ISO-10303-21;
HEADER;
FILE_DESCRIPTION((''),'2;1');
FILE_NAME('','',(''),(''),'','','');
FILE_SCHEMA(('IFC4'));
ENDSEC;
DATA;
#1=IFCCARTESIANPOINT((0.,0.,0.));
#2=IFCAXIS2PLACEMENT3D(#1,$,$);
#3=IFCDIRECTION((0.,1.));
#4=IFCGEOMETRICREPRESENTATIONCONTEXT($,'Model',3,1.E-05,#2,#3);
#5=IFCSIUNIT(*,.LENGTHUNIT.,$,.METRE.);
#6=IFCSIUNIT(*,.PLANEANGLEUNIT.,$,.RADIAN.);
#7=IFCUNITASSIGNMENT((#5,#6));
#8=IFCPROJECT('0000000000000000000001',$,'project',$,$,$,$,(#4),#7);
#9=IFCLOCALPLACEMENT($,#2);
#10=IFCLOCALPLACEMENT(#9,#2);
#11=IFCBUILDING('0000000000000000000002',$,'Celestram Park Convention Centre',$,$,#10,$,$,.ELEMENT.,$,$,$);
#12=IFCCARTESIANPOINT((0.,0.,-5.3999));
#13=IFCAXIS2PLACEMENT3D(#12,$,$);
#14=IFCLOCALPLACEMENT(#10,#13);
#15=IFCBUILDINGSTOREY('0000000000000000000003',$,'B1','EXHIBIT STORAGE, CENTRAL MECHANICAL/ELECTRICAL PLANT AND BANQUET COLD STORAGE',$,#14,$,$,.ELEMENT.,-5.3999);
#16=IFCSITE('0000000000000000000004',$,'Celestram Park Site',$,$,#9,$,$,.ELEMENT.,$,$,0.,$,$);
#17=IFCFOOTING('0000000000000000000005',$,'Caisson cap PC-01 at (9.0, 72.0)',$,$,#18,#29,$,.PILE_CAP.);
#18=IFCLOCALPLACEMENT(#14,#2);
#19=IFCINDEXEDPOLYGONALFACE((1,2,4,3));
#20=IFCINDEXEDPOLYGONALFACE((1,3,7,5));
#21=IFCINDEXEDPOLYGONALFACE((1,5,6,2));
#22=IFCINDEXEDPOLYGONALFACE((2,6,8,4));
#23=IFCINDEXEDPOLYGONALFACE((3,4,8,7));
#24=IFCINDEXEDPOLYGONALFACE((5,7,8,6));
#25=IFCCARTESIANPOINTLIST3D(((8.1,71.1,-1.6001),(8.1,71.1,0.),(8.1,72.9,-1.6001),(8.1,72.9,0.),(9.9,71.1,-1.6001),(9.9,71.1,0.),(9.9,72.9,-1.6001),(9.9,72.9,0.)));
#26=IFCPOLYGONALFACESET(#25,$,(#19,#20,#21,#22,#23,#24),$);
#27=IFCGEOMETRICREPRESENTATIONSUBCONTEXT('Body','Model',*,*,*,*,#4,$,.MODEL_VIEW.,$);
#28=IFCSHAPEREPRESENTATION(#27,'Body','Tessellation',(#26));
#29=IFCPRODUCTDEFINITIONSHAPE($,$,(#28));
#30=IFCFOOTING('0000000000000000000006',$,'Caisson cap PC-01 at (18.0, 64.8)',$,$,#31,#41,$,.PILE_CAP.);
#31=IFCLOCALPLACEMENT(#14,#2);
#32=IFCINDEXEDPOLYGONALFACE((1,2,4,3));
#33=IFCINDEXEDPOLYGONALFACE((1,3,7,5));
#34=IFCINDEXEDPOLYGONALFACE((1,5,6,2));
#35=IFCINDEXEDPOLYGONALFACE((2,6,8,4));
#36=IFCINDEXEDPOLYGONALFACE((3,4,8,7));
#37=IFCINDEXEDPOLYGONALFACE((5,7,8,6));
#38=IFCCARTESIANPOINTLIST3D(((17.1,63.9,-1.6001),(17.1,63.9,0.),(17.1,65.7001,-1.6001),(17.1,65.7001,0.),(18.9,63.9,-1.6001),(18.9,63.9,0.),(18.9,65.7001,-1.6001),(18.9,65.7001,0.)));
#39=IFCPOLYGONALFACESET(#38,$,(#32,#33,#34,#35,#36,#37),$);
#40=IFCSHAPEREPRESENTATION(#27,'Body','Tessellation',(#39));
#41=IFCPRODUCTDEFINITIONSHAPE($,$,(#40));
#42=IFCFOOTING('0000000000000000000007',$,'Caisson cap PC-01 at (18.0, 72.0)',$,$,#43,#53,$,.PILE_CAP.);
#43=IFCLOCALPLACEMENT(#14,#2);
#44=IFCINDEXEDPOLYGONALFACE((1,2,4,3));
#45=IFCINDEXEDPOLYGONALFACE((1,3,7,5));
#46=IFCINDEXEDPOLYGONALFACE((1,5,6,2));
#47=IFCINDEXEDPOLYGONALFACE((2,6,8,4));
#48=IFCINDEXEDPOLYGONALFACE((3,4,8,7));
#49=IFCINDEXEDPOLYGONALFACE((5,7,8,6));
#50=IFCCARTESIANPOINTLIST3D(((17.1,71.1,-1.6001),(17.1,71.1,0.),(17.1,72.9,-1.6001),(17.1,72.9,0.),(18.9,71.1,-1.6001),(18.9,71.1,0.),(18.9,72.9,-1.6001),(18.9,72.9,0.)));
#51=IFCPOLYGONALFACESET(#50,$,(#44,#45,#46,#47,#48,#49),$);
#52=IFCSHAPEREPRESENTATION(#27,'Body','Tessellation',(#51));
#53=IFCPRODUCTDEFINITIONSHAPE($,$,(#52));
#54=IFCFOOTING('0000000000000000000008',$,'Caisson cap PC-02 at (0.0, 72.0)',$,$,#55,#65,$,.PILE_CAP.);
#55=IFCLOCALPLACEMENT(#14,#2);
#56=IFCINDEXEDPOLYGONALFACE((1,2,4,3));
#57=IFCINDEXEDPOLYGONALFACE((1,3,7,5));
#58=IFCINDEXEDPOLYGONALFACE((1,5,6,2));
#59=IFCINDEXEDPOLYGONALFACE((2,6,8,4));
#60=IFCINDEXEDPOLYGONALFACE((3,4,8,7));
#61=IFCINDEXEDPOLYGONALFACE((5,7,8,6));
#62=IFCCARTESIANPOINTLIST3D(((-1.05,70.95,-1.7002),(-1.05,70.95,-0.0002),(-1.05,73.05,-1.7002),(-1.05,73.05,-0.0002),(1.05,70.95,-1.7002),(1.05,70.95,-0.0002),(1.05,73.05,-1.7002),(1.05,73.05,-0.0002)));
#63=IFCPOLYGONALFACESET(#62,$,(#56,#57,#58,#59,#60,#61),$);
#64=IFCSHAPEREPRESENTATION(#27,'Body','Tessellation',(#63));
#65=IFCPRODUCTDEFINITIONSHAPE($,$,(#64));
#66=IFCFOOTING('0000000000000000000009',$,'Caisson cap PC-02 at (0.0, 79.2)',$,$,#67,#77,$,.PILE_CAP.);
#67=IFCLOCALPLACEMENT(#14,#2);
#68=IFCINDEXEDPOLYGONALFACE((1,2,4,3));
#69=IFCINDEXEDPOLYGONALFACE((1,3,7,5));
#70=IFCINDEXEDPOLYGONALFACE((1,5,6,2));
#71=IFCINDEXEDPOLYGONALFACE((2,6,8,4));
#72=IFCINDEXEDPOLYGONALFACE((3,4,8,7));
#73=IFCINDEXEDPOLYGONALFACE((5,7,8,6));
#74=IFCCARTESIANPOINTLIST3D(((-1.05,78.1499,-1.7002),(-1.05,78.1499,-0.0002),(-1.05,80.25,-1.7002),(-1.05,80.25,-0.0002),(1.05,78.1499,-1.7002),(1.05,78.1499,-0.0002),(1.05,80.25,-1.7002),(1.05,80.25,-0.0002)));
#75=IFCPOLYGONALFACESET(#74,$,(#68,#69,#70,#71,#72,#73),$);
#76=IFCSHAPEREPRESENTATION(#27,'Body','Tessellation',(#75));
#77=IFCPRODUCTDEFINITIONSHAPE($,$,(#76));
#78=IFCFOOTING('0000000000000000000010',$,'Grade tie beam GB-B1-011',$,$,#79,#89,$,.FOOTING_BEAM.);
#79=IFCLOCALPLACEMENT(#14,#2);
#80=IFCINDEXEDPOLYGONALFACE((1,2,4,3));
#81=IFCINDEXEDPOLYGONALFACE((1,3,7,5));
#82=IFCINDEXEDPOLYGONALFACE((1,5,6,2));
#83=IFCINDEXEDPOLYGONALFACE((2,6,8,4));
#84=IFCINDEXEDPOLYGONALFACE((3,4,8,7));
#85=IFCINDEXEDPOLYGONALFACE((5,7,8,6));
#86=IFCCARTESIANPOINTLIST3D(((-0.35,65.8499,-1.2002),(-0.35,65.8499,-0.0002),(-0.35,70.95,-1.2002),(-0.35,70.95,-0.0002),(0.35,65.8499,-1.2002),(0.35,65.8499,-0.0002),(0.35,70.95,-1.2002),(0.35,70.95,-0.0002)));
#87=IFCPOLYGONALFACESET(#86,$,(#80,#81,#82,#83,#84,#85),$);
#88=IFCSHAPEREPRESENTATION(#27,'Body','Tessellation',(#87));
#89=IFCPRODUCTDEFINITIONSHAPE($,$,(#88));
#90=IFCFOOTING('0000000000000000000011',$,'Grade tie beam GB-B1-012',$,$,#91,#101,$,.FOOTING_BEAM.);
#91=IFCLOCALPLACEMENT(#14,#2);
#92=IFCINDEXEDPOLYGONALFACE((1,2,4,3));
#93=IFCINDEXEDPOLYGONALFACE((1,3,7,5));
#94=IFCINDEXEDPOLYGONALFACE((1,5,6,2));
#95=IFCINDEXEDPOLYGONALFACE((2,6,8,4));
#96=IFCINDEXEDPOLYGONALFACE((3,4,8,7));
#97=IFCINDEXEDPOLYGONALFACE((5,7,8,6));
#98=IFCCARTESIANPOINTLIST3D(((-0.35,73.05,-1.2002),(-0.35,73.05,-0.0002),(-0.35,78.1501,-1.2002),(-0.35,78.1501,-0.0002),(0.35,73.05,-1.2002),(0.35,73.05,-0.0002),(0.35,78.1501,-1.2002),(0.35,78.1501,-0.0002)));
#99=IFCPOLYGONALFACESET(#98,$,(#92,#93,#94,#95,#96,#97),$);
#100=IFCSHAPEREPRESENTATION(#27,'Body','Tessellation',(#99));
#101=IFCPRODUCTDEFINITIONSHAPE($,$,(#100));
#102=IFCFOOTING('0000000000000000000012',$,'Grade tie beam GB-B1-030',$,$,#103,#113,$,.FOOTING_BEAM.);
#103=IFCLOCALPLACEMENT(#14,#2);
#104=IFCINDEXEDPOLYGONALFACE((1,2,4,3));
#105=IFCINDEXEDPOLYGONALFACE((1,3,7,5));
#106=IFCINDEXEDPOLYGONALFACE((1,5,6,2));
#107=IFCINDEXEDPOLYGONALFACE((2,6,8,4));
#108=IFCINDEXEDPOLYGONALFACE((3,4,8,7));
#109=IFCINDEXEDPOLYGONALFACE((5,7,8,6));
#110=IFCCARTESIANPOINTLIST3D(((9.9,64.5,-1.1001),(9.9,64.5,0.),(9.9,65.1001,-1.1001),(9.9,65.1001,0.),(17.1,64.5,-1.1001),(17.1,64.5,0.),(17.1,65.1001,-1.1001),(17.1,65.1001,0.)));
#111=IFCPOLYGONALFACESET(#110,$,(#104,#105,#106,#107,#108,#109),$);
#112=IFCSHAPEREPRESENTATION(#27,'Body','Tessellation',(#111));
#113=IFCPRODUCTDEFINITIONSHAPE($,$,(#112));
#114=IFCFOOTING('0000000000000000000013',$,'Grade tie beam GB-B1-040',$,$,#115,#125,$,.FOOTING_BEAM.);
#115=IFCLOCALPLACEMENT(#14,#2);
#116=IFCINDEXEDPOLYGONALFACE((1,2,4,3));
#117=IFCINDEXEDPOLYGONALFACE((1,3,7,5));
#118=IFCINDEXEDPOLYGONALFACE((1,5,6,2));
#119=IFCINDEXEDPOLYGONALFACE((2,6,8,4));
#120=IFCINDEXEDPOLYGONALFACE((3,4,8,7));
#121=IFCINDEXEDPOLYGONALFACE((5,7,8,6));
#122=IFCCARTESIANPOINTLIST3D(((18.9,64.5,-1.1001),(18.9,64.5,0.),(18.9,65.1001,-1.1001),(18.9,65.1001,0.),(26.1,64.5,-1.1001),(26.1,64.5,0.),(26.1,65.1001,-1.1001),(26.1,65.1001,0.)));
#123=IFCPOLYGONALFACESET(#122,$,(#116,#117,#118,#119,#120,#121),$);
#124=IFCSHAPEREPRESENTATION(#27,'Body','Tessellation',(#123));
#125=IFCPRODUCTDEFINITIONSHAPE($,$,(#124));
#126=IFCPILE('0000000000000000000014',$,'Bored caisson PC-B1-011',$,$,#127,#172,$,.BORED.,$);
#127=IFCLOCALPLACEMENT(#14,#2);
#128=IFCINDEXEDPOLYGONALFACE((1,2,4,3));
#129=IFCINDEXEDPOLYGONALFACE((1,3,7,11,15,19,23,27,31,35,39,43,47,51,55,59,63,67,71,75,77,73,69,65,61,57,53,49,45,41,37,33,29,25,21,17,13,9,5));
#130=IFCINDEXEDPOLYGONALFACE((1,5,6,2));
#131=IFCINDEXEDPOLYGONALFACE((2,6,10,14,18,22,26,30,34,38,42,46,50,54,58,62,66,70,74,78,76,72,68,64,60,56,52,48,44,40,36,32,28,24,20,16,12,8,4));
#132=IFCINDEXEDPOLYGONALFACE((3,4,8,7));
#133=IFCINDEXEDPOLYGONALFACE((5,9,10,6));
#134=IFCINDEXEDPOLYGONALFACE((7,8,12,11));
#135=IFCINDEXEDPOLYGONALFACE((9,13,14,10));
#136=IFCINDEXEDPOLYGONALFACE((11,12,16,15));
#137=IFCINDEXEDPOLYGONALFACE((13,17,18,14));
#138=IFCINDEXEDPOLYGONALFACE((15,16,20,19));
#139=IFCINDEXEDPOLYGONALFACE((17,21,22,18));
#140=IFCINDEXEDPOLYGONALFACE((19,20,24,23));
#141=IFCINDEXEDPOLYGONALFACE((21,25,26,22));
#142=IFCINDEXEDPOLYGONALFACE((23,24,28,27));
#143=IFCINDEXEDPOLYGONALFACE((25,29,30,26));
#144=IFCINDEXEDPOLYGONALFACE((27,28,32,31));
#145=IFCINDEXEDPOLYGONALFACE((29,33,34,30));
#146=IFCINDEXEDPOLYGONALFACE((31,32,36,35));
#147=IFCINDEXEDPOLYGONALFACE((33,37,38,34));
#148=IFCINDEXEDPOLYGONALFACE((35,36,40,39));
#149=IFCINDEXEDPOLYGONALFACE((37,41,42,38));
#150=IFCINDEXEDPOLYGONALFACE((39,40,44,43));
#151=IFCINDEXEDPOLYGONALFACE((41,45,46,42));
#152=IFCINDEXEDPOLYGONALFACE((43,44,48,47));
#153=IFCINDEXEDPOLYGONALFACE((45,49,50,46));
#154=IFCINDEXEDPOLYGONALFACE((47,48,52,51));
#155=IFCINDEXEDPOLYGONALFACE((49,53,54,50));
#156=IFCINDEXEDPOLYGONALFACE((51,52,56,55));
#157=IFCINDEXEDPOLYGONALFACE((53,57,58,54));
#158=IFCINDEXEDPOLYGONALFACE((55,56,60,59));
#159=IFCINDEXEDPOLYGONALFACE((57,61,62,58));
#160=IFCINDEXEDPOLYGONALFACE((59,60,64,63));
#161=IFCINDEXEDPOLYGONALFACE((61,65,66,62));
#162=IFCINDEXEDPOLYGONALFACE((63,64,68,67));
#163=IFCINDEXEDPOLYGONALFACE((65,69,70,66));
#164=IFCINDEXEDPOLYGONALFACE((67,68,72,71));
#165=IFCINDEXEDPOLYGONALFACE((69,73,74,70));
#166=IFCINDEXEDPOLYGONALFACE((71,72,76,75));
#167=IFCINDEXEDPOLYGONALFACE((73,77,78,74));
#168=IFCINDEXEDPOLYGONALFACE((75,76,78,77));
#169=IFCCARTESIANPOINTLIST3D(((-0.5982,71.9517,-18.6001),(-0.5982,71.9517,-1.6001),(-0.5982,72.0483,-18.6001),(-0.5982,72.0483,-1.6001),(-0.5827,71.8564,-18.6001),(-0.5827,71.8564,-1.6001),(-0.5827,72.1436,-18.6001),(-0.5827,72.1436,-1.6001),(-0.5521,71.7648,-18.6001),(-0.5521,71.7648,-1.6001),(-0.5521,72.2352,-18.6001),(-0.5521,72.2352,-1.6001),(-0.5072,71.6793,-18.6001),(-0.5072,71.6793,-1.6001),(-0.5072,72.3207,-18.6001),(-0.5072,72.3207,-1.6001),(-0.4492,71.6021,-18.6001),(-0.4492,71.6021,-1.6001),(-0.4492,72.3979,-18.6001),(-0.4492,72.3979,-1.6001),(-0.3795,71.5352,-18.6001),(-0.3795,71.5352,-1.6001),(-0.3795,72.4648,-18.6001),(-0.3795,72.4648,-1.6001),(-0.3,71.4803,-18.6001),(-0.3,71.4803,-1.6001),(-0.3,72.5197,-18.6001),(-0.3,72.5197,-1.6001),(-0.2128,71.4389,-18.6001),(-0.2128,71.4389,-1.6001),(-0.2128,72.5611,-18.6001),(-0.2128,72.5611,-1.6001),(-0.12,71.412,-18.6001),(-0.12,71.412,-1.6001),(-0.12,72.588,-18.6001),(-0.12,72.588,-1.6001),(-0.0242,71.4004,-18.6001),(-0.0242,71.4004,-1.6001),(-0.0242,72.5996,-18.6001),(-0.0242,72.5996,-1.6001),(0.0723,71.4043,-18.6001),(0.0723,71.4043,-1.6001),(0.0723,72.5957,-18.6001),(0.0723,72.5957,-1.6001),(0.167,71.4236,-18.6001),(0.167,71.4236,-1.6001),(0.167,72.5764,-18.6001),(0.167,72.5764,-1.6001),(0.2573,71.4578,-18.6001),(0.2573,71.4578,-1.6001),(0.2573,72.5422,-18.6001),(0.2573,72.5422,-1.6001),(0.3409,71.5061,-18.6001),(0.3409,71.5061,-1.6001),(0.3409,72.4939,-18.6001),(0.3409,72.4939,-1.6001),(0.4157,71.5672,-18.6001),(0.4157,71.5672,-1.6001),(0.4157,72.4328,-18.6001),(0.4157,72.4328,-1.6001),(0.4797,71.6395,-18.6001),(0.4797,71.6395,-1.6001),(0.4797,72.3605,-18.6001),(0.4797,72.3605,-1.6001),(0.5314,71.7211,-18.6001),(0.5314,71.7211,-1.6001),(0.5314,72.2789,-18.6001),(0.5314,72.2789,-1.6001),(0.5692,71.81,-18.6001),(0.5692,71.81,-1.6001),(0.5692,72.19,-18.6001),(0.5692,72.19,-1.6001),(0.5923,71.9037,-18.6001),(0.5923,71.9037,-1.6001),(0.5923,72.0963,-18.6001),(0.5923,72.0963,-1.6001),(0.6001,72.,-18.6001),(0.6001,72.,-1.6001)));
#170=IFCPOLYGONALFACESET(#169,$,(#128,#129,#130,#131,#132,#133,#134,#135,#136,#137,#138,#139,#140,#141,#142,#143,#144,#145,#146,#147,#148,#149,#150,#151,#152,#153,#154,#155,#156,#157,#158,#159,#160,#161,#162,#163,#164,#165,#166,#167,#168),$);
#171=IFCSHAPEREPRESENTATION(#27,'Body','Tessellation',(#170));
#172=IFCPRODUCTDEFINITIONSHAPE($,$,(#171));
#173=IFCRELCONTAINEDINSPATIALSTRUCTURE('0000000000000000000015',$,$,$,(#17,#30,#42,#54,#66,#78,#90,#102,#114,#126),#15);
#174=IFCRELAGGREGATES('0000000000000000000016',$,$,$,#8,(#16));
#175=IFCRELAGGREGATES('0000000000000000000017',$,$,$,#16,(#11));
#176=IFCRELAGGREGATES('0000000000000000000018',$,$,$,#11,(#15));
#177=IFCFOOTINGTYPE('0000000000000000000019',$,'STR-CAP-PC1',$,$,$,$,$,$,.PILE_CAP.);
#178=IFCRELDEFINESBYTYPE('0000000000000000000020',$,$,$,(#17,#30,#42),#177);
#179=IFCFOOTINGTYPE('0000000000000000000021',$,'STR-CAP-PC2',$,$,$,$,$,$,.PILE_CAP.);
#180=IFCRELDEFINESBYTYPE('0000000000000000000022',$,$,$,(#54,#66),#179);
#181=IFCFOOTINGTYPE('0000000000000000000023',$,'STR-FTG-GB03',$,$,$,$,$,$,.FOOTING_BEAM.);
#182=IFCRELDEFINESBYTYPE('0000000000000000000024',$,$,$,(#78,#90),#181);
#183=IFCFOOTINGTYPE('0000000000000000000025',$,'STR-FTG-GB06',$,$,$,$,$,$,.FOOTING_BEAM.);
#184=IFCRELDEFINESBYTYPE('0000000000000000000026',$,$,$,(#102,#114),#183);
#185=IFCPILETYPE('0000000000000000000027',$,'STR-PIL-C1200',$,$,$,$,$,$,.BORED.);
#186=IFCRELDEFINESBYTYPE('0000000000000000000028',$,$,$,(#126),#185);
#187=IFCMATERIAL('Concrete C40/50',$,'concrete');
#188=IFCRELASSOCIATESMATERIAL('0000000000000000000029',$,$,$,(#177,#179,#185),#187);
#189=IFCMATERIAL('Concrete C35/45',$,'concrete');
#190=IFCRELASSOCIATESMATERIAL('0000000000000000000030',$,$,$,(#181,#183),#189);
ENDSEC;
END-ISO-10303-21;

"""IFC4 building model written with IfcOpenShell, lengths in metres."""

from ifc_helpers import new_model, si_unit, direction, frame, origin, origin_2d, place, context, subcontext, project, spatial, rectangle, circle, extrude, material, material_profile, profile_set, type_object, element, save


model = new_model("IFC4")

# Units and contexts
model_context = context("Model", 3, precision=1e-05, world=origin(), true_north=direction((0.0, 1.0)))
body_context = subcontext(model_context, "Body", "Model", "MODEL_VIEW")
ifc_project = project(units=[si_unit("LENGTHUNIT", "METRE"), si_unit("PLANEANGLEUNIT", "RADIAN")], contexts=[model_context])

# Site, building, storey
site_placement = place(None, origin())
site = spatial("IfcSite", under=ifc_project, at=site_placement, Name="Celestram Park Site", CompositionType="ELEMENT", RefElevation=0.0)
building_placement = place(site_placement, origin())
building = spatial("IfcBuilding", under=site, at=building_placement, Name="Celestram Park Convention Centre", CompositionType="ELEMENT")
storey_placement = place(building_placement, frame((0.0, 0.0, -5.3999)))
storey = spatial("IfcBuildingStorey", under=building, at=storey_placement, Name="B1", Description="EXHIBIT STORAGE, CENTRAL MECHANICAL/ELECTRICAL PLANT AND BANQUET COLD STORAGE", CompositionType="ELEMENT", Elevation=-5.3999)

# Footings
ifc_material_1 = material(Name="Concrete C40/50", Category="concrete")
footing_type_1 = type_object("IfcFootingType", Name="STR-CAP-PC1", PredefinedType="PILE_CAP", material=ifc_material_1)
for number, where, z_axis, x_axis, name in (
    (1, (9.0, 72.0, -1.6001), (0.0, 0.0, 1.0), (1.0, 0.0, 0.0), "Caisson cap PC-01 at (9.0, 72.0)"),
    (2, (18.0, 64.8, -1.6001), (0.0, 0.0, 1.0), (1.0, 0.0, 0.0), "Caisson cap PC-01 at (18.0, 64.8)"),
    (3, (18.0, 72.0, -1.6001), (0.0, 0.0, 1.0), (1.0, 0.0, 0.0), "Caisson cap PC-01 at (18.0, 72.0)"),
):
    element("IfcFooting", number, at=place(storey_placement, frame(where, z_axis=z_axis, x_axis=x_axis)), inside=storey, type_object=footing_type_1, Name=name, PredefinedType="PILE_CAP", context=body_context, shape_type="SweptSolid", body=[
        extrude(rectangle(XDim=1.8, YDim=1.8, at=origin_2d()), origin(), (0.0, 0.0, 1.0), 1.6001),
    ])
footing_type_2 = type_object("IfcFootingType", Name="STR-CAP-PC2", PredefinedType="PILE_CAP", material=ifc_material_1)
for number, where, z_axis, x_axis, name in (
    (4, (0.0, 72.0, -1.7002), (0.0, 0.0, 1.0), (1.0, 0.0, 0.0), "Caisson cap PC-02 at (0.0, 72.0)"),
    (5, (0.0, 79.2, -1.7002), (0.0, 0.0, 1.0), (1.0, 0.0, 0.0), "Caisson cap PC-02 at (0.0, 79.2)"),
):
    element("IfcFooting", number, at=place(storey_placement, frame(where, z_axis=z_axis, x_axis=x_axis)), inside=storey, type_object=footing_type_2, Name=name, PredefinedType="PILE_CAP", context=body_context, shape_type="SweptSolid", body=[
        extrude(rectangle(XDim=2.1001, YDim=2.1001, at=origin_2d()), origin(), (0.0, 0.0, 1.0), 1.7),
    ])
ifc_material_2 = material(Name="Concrete C35/45", Category="concrete")
footing_type_3 = type_object("IfcFootingType", Name="STR-FTG-GB03", PredefinedType="FOOTING_BEAM", material=ifc_material_2)
for number, where, z_axis, x_axis, name in (
    (6, (0.0, 68.3999, -1.2002), (0.0, 0.0, 1.0), (0.0, 1.0, 0.0), "Grade tie beam GB-B1-011"),
    (7, (0.0, 75.6001, -1.2002), (0.0, 0.0, 1.0), (0.0, 1.0, 0.0), "Grade tie beam GB-B1-012"),
):
    element("IfcFooting", number, at=place(storey_placement, frame(where, z_axis=z_axis, x_axis=x_axis)), inside=storey, type_object=footing_type_3, Name=name, PredefinedType="FOOTING_BEAM", context=body_context, shape_type="SweptSolid", body=[
        extrude(rectangle(XDim=5.1001, YDim=0.7, at=origin_2d()), origin(), (0.0, 0.0, 1.0), 1.2),
    ])
footing_type_4 = type_object("IfcFootingType", Name="STR-FTG-GB06", PredefinedType="FOOTING_BEAM", material=ifc_material_2)
for number, where, z_axis, x_axis, name in (
    (8, (13.5, 64.8, -1.1001), (0.0, 0.0, 1.0), (1.0, 0.0, 0.0), "Grade tie beam GB-B1-030"),
    (9, (22.5, 64.8, -1.1001), (0.0, 0.0, 1.0), (1.0, 0.0, 0.0), "Grade tie beam GB-B1-040"),
):
    element("IfcFooting", number, at=place(storey_placement, frame(where, z_axis=z_axis, x_axis=x_axis)), inside=storey, type_object=footing_type_4, Name=name, PredefinedType="FOOTING_BEAM", context=body_context, shape_type="SweptSolid", body=[
        extrude(rectangle(XDim=7.2, YDim=0.6001, at=origin_2d()), origin(), (0.0, 0.0, 1.0), 1.1001),
    ])

# Pile
ifc_material_profile_1 = material_profile(ifc_material_1, circle(Radius=0.6001, at=origin_2d()), Name="CAISSON1200")
ifc_profile_set_1 = profile_set([ifc_material_profile_1], Name="Concrete C40/50")
pile_type_1 = type_object("IfcPileType", Name="STR-PIL-C1200", PredefinedType="BORED", material=ifc_profile_set_1)
for number, where, z_axis, x_axis, name in (
    (10, (0.0, 72.0, -1.6001), (0.0, 0.0, -1.0), (1.0, 0.0, 0.0), "Bored caisson PC-B1-011"),
):
    element("IfcPile", number, at=place(storey_placement, frame(where, z_axis=z_axis, x_axis=x_axis)), inside=storey, type_object=pile_type_1, Name=name, PredefinedType="BORED", context=body_context, shape_type="SweptSolid", body=[
        extrude(circle(Radius=0.6001, at=origin_2d()), origin(), (0.0, 0.0, 1.0), 17.0),
    ])

save(model, "model.ifc")
